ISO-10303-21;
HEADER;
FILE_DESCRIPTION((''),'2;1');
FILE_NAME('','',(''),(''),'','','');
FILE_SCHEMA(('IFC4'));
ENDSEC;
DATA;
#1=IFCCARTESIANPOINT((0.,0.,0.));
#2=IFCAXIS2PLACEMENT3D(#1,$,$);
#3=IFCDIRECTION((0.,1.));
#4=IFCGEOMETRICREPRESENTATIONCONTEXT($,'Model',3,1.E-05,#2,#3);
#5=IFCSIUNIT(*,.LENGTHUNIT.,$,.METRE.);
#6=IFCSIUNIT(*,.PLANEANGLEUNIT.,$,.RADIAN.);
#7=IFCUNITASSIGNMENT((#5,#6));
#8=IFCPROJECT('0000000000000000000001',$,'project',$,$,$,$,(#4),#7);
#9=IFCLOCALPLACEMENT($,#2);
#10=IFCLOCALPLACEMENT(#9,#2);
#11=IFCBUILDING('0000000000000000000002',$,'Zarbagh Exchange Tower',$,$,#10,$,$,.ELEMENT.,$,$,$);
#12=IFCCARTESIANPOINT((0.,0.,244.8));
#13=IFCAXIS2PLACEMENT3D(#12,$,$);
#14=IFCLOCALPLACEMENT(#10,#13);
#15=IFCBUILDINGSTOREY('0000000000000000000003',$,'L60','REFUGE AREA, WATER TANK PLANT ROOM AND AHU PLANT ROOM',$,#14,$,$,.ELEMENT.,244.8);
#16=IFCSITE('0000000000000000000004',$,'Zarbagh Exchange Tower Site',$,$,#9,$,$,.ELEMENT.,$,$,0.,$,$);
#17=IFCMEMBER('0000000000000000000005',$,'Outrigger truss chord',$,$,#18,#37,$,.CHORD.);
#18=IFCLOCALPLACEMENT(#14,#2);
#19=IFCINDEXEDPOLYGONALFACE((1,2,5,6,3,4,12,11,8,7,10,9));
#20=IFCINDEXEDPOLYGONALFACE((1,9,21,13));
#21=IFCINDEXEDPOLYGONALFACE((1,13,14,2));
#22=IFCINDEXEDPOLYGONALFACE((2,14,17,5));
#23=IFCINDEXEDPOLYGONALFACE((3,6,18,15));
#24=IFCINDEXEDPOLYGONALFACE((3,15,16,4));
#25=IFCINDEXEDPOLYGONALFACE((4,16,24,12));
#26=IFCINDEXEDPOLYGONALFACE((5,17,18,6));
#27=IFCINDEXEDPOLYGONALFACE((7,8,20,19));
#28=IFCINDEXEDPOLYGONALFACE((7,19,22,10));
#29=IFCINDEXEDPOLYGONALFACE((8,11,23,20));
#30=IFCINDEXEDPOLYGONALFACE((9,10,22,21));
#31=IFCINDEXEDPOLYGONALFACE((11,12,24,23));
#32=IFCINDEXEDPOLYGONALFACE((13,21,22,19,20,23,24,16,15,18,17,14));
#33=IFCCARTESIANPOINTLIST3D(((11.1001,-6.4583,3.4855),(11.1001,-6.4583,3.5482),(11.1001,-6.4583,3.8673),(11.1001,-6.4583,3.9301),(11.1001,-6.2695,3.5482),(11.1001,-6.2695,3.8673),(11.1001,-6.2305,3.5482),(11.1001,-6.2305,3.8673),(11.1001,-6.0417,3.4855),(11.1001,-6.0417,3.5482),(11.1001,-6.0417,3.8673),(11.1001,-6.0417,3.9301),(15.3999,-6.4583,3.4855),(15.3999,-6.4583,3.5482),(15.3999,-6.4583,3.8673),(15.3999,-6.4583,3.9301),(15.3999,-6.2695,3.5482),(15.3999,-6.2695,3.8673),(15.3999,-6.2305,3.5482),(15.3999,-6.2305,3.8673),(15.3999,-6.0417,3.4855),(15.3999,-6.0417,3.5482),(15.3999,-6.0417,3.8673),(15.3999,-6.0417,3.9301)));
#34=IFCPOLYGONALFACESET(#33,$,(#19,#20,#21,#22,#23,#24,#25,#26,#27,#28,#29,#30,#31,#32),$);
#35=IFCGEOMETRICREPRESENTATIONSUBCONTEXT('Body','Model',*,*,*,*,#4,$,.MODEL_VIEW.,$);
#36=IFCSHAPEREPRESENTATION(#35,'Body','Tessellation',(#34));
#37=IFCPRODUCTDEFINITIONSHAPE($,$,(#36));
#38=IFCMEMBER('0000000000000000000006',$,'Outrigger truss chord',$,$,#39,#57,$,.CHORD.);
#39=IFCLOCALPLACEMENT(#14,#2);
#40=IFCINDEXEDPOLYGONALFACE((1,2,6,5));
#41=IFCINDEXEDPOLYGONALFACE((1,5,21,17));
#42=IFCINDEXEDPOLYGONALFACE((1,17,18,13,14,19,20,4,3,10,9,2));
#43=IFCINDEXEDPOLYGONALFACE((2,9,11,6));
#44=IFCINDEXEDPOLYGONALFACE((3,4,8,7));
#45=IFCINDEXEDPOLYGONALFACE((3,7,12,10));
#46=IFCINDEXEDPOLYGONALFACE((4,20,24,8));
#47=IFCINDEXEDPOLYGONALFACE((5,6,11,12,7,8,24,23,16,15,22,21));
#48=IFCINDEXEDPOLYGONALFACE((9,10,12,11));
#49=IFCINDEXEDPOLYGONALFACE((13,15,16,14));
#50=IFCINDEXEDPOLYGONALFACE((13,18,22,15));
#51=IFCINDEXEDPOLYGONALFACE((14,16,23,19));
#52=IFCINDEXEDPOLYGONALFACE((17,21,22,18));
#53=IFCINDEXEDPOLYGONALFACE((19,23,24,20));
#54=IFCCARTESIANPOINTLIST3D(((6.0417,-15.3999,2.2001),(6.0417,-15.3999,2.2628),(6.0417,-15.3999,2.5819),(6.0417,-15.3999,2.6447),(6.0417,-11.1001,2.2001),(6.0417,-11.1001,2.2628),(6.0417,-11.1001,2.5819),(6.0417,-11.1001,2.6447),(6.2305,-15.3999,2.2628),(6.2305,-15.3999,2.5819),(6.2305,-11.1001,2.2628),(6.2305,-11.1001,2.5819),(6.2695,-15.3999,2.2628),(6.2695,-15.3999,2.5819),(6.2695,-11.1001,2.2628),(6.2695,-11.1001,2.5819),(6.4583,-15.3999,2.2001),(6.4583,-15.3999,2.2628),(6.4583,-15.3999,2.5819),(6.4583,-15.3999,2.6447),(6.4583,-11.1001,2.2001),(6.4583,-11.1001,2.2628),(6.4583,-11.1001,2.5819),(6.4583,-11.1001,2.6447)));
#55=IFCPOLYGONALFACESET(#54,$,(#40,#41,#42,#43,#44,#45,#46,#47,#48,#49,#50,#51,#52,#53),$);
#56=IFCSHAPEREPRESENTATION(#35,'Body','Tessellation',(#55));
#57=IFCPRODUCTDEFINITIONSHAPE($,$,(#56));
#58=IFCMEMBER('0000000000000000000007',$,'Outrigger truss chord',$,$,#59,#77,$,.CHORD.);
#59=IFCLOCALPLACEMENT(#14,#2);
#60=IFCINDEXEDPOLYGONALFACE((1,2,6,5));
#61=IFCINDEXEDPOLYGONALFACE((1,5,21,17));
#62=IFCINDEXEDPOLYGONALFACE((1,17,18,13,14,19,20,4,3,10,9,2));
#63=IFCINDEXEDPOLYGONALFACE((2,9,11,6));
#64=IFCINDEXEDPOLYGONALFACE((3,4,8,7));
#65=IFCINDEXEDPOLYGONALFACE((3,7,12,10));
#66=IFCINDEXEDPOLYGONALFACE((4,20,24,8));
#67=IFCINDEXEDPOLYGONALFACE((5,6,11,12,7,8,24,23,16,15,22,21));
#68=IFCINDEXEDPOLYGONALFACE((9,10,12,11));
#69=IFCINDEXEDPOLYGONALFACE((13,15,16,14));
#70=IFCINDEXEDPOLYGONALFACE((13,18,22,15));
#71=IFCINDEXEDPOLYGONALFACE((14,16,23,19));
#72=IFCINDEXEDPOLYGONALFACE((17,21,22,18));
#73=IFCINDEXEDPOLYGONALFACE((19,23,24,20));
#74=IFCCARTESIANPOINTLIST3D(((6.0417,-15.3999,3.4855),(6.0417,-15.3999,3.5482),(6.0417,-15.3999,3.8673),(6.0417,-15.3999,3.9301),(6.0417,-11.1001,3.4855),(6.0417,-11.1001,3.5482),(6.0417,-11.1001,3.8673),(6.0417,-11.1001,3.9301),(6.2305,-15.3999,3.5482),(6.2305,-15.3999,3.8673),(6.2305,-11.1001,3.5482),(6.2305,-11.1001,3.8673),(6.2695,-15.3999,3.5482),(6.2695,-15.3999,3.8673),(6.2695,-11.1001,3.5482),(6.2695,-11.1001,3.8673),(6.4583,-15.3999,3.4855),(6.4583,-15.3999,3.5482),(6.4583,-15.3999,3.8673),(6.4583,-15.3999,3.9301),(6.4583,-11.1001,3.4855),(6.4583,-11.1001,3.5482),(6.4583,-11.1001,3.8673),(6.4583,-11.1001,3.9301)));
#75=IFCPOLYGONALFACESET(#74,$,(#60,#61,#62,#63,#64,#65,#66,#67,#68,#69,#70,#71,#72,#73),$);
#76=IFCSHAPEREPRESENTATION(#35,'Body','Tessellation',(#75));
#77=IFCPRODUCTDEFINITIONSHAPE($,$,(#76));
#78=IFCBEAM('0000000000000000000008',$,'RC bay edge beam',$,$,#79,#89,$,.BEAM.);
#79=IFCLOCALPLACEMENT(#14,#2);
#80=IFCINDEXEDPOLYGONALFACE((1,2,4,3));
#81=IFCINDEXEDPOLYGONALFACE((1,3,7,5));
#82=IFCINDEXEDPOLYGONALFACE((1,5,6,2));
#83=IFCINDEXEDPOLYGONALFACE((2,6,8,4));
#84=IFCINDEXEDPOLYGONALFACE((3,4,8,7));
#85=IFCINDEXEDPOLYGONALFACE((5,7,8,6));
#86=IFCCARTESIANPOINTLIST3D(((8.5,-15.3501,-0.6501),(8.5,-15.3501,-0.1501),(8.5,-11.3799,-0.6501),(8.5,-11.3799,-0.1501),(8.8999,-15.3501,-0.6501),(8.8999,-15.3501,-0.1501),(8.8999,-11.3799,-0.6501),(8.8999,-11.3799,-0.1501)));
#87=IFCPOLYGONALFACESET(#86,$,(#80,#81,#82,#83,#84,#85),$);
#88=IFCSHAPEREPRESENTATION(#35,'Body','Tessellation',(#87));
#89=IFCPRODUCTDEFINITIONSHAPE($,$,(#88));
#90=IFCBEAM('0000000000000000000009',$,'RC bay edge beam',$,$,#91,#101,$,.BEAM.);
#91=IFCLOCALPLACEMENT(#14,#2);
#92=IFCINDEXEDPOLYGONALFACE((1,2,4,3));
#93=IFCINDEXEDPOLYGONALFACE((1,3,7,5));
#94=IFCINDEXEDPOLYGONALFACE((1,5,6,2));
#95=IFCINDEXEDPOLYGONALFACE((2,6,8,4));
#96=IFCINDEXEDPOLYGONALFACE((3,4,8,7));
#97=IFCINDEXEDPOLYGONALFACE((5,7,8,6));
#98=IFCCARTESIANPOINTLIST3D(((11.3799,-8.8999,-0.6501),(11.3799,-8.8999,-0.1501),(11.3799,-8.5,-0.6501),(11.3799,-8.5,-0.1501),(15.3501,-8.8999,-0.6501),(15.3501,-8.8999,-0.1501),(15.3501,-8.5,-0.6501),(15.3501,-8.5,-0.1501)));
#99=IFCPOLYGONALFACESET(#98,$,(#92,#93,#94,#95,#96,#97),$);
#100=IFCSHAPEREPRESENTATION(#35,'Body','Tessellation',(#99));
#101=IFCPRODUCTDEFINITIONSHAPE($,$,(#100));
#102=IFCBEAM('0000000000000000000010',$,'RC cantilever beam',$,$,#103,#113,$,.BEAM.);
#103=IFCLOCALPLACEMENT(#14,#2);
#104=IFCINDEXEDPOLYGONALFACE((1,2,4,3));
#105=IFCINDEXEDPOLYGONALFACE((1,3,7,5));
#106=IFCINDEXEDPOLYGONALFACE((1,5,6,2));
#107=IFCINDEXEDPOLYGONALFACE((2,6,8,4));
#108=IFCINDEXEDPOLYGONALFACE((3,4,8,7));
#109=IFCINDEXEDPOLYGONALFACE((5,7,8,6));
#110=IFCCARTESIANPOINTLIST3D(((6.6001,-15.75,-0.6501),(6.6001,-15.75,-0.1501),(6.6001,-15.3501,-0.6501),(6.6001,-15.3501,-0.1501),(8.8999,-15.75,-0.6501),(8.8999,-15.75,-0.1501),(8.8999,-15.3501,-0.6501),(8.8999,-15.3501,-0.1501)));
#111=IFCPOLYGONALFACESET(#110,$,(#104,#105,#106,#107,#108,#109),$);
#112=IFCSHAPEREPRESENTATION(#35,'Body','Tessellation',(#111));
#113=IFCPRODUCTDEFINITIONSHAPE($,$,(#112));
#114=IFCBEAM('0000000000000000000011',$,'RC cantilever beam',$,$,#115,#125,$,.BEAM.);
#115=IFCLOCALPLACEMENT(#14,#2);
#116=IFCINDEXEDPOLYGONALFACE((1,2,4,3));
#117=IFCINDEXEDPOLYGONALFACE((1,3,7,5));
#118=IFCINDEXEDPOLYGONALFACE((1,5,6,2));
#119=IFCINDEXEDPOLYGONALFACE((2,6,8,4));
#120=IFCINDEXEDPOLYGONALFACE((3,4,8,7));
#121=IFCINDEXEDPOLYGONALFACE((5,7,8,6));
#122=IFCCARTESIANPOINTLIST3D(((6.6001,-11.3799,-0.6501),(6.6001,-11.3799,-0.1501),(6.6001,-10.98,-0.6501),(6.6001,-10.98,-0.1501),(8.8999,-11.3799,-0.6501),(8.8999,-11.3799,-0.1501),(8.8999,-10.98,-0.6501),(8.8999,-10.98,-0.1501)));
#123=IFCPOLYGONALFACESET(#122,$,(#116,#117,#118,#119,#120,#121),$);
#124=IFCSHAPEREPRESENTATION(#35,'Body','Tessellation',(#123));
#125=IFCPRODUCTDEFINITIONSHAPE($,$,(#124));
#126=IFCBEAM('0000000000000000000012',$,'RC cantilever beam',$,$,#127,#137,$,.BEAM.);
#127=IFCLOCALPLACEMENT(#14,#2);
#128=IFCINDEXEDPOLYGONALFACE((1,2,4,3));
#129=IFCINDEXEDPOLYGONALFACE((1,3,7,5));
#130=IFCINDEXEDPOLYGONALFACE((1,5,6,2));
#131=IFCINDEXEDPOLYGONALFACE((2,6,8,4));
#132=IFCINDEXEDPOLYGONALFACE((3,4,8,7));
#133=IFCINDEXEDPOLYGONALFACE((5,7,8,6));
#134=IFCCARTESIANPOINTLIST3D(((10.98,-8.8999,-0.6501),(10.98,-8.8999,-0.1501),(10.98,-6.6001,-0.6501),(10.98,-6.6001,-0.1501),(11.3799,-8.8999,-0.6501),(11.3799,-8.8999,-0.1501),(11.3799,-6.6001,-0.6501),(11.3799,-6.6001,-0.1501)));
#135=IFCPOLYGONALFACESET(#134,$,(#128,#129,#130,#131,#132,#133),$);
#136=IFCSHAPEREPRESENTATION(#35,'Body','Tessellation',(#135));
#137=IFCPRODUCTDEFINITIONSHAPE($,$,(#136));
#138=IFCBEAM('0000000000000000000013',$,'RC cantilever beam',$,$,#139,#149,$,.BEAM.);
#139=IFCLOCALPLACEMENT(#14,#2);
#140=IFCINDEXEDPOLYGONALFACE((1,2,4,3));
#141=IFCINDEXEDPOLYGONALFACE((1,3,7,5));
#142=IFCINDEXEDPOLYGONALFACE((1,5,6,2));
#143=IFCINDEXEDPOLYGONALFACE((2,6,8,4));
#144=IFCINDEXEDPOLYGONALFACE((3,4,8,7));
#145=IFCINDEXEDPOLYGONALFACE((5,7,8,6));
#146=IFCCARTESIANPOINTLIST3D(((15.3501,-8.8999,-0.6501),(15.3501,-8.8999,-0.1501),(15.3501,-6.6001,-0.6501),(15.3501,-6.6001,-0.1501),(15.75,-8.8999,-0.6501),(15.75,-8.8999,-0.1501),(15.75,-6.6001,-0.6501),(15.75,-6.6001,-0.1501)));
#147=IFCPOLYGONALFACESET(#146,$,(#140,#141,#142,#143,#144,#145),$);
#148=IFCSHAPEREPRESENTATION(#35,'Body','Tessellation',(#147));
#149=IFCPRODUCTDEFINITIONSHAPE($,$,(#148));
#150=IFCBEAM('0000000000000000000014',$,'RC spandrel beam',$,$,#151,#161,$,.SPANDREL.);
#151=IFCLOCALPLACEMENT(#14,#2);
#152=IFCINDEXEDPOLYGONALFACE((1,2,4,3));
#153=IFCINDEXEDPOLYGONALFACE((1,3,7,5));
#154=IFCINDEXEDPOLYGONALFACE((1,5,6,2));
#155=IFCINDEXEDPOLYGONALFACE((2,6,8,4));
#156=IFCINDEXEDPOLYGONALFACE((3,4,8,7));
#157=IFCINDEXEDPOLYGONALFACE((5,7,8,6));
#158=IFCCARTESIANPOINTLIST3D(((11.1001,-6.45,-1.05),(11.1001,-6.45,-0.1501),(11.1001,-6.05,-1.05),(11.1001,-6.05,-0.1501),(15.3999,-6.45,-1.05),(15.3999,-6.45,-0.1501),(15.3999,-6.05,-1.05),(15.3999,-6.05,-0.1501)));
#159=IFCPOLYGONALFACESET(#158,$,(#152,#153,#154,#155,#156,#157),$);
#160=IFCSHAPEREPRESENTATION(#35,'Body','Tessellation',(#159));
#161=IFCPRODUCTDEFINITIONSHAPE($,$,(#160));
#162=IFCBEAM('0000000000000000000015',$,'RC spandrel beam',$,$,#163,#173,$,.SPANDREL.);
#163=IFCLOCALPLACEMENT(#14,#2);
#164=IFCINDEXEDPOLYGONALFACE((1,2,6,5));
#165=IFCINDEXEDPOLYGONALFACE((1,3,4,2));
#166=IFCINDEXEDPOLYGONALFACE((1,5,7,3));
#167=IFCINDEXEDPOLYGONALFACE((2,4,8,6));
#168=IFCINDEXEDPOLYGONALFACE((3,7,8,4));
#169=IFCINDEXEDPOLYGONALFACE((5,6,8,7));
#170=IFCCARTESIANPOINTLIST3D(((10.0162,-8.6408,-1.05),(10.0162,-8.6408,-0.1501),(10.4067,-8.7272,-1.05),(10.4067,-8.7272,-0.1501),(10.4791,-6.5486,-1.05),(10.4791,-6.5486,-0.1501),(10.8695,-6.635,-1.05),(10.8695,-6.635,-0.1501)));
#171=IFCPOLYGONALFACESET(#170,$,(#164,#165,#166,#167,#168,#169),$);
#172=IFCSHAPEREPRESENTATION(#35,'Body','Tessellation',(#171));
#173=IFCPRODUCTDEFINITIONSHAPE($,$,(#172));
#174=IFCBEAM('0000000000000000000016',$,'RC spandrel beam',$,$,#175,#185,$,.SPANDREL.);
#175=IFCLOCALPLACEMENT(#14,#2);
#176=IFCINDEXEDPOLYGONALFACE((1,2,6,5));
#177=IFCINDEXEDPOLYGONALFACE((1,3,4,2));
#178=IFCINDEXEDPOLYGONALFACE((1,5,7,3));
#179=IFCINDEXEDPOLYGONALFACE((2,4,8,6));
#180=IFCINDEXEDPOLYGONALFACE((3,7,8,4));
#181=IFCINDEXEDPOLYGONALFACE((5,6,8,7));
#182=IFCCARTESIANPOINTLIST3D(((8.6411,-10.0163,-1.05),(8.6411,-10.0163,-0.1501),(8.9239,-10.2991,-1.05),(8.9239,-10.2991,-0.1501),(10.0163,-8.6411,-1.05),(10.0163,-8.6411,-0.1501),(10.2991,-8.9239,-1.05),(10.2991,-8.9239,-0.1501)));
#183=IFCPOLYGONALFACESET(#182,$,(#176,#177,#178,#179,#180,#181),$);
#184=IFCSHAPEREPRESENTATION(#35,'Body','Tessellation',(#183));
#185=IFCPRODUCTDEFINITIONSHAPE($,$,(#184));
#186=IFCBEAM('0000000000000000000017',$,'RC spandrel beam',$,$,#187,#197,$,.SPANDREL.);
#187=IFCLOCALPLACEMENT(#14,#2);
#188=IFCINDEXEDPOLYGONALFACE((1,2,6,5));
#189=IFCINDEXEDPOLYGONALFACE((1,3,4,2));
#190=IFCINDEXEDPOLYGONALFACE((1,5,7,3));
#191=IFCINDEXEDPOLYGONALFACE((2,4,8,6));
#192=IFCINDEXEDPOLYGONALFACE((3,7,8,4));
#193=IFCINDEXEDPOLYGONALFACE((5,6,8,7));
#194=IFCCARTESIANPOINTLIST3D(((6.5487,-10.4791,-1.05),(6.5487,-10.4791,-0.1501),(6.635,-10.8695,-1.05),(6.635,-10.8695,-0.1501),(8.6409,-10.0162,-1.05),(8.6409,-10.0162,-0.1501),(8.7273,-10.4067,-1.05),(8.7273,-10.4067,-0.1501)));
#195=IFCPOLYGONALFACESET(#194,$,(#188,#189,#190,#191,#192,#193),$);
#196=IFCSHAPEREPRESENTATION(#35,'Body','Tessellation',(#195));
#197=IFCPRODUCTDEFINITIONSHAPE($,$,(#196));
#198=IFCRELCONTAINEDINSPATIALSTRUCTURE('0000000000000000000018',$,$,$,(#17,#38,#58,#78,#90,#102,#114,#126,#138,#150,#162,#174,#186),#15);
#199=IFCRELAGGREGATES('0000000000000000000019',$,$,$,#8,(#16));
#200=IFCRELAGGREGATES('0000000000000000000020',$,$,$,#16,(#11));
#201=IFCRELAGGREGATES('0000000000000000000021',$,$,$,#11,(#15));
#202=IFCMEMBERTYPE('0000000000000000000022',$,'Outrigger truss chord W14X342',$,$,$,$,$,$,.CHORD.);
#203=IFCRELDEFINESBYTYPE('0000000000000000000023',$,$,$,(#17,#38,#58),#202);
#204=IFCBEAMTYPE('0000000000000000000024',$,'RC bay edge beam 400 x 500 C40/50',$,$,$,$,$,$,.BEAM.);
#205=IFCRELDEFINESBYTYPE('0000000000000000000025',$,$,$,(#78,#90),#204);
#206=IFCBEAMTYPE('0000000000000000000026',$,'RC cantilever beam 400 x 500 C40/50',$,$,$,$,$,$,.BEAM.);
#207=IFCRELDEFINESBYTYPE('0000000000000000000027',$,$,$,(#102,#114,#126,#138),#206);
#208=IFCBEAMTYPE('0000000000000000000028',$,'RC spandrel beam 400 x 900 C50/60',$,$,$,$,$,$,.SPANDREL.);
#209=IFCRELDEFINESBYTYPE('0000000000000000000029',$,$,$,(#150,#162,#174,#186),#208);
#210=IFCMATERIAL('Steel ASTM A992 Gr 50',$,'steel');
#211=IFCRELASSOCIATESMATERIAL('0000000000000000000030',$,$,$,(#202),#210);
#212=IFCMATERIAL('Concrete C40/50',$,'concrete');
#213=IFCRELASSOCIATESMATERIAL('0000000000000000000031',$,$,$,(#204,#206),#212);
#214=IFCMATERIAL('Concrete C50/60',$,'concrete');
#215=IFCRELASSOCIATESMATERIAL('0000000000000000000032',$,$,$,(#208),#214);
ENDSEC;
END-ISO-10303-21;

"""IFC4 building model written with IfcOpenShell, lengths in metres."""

from ifc_helpers import new_model, si_unit, direction, frame, origin, origin_2d, place, context, subcontext, project, spatial, rectangle, i_section, extrude, material, material_profile, profile_set, type_object, element, save


model = new_model("IFC4")

# Units and contexts
model_context = context("Model", 3, precision=1e-05, world=origin(), true_north=direction((0.0, 1.0)))
body_context = subcontext(model_context, "Body", "Model", "MODEL_VIEW")
ifc_project = project(units=[si_unit("LENGTHUNIT", "METRE"), si_unit("PLANEANGLEUNIT", "RADIAN")], contexts=[model_context])

# Site, building, storey
site_placement = place(None, origin())
site = spatial("IfcSite", under=ifc_project, at=site_placement, Name="Zarbagh Exchange Tower Site", CompositionType="ELEMENT", RefElevation=0.0)
building_placement = place(site_placement, origin())
building = spatial("IfcBuilding", under=site, at=building_placement, Name="Zarbagh Exchange Tower", CompositionType="ELEMENT")
storey_placement = place(building_placement, frame((0.0, 0.0, 244.8)))
storey = spatial("IfcBuildingStorey", under=building, at=storey_placement, Name="L60", Description="REFUGE AREA, WATER TANK PLANT ROOM AND AHU PLANT ROOM", CompositionType="ELEMENT", Elevation=244.8)

# Shared definitions
ifc_material_1 = material(Name="Concrete C50/60", Category="concrete")

# Shared definitions
ifc_material_2 = material(Name="Steel ASTM A992 Gr 50", Category="steel")

# Members
ifc_material_profile_1 = material_profile(ifc_material_2, i_section(OverallWidth=0.4165, OverallDepth=0.4446, WebThickness=0.0391, FlangeThickness=0.0627, at=origin_2d()), Name="W14X342")
ifc_profile_set_1 = profile_set([ifc_material_profile_1], Name="Steel ASTM A992 Gr 50")
member_type_1 = type_object("IfcMemberType", Name="Outrigger truss chord W14X342", PredefinedType="CHORD", material=ifc_profile_set_1)
for number, where, z_axis, x_axis, name in (
    (1, (15.3999, -6.25, 3.7078), (-1.0, 0.0, 0.0), (0.0, -1.0, 0.0), "Outrigger truss chord"),
    (2, (6.25, -11.1001, 2.4224), (0.0, -1.0, 0.0), (1.0, 0.0, 0.0), "Outrigger truss chord"),
    (3, (6.25, -11.1001, 3.7078), (0.0, -1.0, 0.0), (1.0, 0.0, 0.0), "Outrigger truss chord"),
):
    element("IfcMember", number, at=place(storey_placement, frame(where, z_axis=z_axis, x_axis=x_axis)), inside=storey, type_object=member_type_1, Name=name, PredefinedType="CHORD", context=body_context, shape_type="SweptSolid", body=[
        extrude(i_section(OverallWidth=0.4165, OverallDepth=0.4446, WebThickness=0.0391, FlangeThickness=0.0627, at=origin_2d()), origin(), (0.0, 0.0, 1.0), 4.2998),
    ])

# Beams
ifc_material_3 = material(Name="Concrete C40/50", Category="concrete")
ifc_material_profile_2 = material_profile(ifc_material_3, rectangle(XDim=0.3999, YDim=0.5, at=origin_2d()), Name="RC bay edge beam 400 x 500 C40/50")
ifc_profile_set_2 = profile_set([ifc_material_profile_2], Name="Concrete C40/50")
beam_type_1 = type_object("IfcBeamType", Name="RC bay edge beam 400 x 500 C40/50", PredefinedType="BEAM", material=ifc_profile_set_2)
for number, where, z_axis, x_axis, name in (
    (4, (8.7, -15.3501, -0.4001), (0.0, 1.0, 0.0), (-1.0, 0.0, 0.0), "RC bay edge beam"),
    (5, (11.3799, -8.7, -0.4001), (1.0, 0.0, 0.0), (0.0, 1.0, 0.0), "RC bay edge beam"),
):
    element("IfcBeam", number, at=place(storey_placement, frame(where, z_axis=z_axis, x_axis=x_axis)), inside=storey, type_object=beam_type_1, Name=name, PredefinedType="BEAM", context=body_context, shape_type="SweptSolid", body=[
        extrude(rectangle(XDim=0.3999, YDim=0.5, at=origin_2d()), origin(), (0.0, 0.0, 1.0), 3.9702),
    ])
ifc_material_profile_3 = material_profile(ifc_material_3, rectangle(XDim=0.3999, YDim=0.5, at=origin_2d()), Name="RC cantilever beam 400 x 500 C40/50")
ifc_profile_set_3 = profile_set([ifc_material_profile_3], Name="Concrete C40/50")
beam_type_2 = type_object("IfcBeamType", Name="RC cantilever beam 400 x 500 C40/50", PredefinedType="BEAM", material=ifc_profile_set_3)
for number, where, z_axis, x_axis, name in (
    (6, (6.6001, -15.55, -0.4001), (1.0, 0.0, 0.0), (0.0, 1.0, 0.0), "RC cantilever beam"),
    (7, (6.6001, -11.1799, -0.4001), (1.0, 0.0, 0.0), (0.0, 1.0, 0.0), "RC cantilever beam"),
    (8, (11.1799, -6.6001, -0.4001), (0.0, -1.0, 0.0), (1.0, 0.0, 0.0), "RC cantilever beam"),
    (9, (15.55, -6.6001, -0.4001), (0.0, -1.0, 0.0), (1.0, 0.0, 0.0), "RC cantilever beam"),
):
    element("IfcBeam", number, at=place(storey_placement, frame(where, z_axis=z_axis, x_axis=x_axis)), inside=storey, type_object=beam_type_2, Name=name, PredefinedType="BEAM", context=body_context, shape_type="SweptSolid", body=[
        extrude(rectangle(XDim=0.3999, YDim=0.5, at=origin_2d()), origin(), (0.0, 0.0, 1.0), 2.2998),
    ])
ifc_material_profile_4 = material_profile(ifc_material_1, rectangle(XDim=0.3999, YDim=0.8999, at=origin_2d()), Name="RC spandrel beam 400 x 900 C50/60")
ifc_profile_set_4 = profile_set([ifc_material_profile_4], Name="Concrete C50/60")
beam_type_3 = type_object("IfcBeamType", Name="RC spandrel beam 400 x 900 C50/60", PredefinedType="SPANDREL", material=ifc_profile_set_4)
beam_1_placement = place(storey_placement, frame((15.3999, -6.25, -0.6001), z_axis=(-1.0, 0.0, 0.0), x_axis=(0.0, -1.0, 0.0)))
element("IfcBeam", 10, at=beam_1_placement, inside=storey, type_object=beam_type_3, Name="RC spandrel beam", PredefinedType="SPANDREL", context=body_context, shape_type="SweptSolid", body=[
    extrude(rectangle(XDim=0.3999, YDim=0.8999, at=origin_2d()), origin(), (0.0, 0.0, 1.0), 4.2998),
])
beam_2_placement = place(storey_placement, frame((10.6743, -6.5918, -0.6001), z_axis=(-0.216014, -0.97639, 0.0), x_axis=(0.97639, -0.216014, 0.0)))
element("IfcBeam", 11, at=beam_2_placement, inside=storey, type_object=beam_type_3, Name="RC spandrel beam", PredefinedType="SPANDREL", context=body_context, shape_type="SweptSolid", body=[
    extrude(rectangle(XDim=0.3999, YDim=0.8999, at=origin_2d()), origin(), (0.0, 0.0, 1.0), 2.1428),
])
beam_3_placement = place(storey_placement, frame((10.1577, -8.7825, -0.6001), z_axis=(-0.707107, -0.707107, 0.0), x_axis=(0.707107, -0.707107, 0.0)))
element("IfcBeam", 12, at=beam_3_placement, inside=storey, type_object=beam_type_3, Name="RC spandrel beam", PredefinedType="SPANDREL", context=body_context, shape_type="SweptSolid", body=[
    extrude(rectangle(XDim=0.3999, YDim=0.8999, at=origin_2d()), origin(), (0.0, 0.0, 1.0), 1.9448),
])
beam_4_placement = place(storey_placement, frame((8.6841, -10.2114, -0.6001), z_axis=(-0.97639, -0.216014, 0.0), x_axis=(0.216014, -0.97639, 0.0)))
element("IfcBeam", 13, at=beam_4_placement, inside=storey, type_object=beam_type_3, Name="RC spandrel beam", PredefinedType="SPANDREL", context=body_context, shape_type="SweptSolid", body=[
    extrude(rectangle(XDim=0.3999, YDim=0.8999, at=origin_2d()), origin(), (0.0, 0.0, 1.0), 2.1428),
])

save(model, "model.ifc")
